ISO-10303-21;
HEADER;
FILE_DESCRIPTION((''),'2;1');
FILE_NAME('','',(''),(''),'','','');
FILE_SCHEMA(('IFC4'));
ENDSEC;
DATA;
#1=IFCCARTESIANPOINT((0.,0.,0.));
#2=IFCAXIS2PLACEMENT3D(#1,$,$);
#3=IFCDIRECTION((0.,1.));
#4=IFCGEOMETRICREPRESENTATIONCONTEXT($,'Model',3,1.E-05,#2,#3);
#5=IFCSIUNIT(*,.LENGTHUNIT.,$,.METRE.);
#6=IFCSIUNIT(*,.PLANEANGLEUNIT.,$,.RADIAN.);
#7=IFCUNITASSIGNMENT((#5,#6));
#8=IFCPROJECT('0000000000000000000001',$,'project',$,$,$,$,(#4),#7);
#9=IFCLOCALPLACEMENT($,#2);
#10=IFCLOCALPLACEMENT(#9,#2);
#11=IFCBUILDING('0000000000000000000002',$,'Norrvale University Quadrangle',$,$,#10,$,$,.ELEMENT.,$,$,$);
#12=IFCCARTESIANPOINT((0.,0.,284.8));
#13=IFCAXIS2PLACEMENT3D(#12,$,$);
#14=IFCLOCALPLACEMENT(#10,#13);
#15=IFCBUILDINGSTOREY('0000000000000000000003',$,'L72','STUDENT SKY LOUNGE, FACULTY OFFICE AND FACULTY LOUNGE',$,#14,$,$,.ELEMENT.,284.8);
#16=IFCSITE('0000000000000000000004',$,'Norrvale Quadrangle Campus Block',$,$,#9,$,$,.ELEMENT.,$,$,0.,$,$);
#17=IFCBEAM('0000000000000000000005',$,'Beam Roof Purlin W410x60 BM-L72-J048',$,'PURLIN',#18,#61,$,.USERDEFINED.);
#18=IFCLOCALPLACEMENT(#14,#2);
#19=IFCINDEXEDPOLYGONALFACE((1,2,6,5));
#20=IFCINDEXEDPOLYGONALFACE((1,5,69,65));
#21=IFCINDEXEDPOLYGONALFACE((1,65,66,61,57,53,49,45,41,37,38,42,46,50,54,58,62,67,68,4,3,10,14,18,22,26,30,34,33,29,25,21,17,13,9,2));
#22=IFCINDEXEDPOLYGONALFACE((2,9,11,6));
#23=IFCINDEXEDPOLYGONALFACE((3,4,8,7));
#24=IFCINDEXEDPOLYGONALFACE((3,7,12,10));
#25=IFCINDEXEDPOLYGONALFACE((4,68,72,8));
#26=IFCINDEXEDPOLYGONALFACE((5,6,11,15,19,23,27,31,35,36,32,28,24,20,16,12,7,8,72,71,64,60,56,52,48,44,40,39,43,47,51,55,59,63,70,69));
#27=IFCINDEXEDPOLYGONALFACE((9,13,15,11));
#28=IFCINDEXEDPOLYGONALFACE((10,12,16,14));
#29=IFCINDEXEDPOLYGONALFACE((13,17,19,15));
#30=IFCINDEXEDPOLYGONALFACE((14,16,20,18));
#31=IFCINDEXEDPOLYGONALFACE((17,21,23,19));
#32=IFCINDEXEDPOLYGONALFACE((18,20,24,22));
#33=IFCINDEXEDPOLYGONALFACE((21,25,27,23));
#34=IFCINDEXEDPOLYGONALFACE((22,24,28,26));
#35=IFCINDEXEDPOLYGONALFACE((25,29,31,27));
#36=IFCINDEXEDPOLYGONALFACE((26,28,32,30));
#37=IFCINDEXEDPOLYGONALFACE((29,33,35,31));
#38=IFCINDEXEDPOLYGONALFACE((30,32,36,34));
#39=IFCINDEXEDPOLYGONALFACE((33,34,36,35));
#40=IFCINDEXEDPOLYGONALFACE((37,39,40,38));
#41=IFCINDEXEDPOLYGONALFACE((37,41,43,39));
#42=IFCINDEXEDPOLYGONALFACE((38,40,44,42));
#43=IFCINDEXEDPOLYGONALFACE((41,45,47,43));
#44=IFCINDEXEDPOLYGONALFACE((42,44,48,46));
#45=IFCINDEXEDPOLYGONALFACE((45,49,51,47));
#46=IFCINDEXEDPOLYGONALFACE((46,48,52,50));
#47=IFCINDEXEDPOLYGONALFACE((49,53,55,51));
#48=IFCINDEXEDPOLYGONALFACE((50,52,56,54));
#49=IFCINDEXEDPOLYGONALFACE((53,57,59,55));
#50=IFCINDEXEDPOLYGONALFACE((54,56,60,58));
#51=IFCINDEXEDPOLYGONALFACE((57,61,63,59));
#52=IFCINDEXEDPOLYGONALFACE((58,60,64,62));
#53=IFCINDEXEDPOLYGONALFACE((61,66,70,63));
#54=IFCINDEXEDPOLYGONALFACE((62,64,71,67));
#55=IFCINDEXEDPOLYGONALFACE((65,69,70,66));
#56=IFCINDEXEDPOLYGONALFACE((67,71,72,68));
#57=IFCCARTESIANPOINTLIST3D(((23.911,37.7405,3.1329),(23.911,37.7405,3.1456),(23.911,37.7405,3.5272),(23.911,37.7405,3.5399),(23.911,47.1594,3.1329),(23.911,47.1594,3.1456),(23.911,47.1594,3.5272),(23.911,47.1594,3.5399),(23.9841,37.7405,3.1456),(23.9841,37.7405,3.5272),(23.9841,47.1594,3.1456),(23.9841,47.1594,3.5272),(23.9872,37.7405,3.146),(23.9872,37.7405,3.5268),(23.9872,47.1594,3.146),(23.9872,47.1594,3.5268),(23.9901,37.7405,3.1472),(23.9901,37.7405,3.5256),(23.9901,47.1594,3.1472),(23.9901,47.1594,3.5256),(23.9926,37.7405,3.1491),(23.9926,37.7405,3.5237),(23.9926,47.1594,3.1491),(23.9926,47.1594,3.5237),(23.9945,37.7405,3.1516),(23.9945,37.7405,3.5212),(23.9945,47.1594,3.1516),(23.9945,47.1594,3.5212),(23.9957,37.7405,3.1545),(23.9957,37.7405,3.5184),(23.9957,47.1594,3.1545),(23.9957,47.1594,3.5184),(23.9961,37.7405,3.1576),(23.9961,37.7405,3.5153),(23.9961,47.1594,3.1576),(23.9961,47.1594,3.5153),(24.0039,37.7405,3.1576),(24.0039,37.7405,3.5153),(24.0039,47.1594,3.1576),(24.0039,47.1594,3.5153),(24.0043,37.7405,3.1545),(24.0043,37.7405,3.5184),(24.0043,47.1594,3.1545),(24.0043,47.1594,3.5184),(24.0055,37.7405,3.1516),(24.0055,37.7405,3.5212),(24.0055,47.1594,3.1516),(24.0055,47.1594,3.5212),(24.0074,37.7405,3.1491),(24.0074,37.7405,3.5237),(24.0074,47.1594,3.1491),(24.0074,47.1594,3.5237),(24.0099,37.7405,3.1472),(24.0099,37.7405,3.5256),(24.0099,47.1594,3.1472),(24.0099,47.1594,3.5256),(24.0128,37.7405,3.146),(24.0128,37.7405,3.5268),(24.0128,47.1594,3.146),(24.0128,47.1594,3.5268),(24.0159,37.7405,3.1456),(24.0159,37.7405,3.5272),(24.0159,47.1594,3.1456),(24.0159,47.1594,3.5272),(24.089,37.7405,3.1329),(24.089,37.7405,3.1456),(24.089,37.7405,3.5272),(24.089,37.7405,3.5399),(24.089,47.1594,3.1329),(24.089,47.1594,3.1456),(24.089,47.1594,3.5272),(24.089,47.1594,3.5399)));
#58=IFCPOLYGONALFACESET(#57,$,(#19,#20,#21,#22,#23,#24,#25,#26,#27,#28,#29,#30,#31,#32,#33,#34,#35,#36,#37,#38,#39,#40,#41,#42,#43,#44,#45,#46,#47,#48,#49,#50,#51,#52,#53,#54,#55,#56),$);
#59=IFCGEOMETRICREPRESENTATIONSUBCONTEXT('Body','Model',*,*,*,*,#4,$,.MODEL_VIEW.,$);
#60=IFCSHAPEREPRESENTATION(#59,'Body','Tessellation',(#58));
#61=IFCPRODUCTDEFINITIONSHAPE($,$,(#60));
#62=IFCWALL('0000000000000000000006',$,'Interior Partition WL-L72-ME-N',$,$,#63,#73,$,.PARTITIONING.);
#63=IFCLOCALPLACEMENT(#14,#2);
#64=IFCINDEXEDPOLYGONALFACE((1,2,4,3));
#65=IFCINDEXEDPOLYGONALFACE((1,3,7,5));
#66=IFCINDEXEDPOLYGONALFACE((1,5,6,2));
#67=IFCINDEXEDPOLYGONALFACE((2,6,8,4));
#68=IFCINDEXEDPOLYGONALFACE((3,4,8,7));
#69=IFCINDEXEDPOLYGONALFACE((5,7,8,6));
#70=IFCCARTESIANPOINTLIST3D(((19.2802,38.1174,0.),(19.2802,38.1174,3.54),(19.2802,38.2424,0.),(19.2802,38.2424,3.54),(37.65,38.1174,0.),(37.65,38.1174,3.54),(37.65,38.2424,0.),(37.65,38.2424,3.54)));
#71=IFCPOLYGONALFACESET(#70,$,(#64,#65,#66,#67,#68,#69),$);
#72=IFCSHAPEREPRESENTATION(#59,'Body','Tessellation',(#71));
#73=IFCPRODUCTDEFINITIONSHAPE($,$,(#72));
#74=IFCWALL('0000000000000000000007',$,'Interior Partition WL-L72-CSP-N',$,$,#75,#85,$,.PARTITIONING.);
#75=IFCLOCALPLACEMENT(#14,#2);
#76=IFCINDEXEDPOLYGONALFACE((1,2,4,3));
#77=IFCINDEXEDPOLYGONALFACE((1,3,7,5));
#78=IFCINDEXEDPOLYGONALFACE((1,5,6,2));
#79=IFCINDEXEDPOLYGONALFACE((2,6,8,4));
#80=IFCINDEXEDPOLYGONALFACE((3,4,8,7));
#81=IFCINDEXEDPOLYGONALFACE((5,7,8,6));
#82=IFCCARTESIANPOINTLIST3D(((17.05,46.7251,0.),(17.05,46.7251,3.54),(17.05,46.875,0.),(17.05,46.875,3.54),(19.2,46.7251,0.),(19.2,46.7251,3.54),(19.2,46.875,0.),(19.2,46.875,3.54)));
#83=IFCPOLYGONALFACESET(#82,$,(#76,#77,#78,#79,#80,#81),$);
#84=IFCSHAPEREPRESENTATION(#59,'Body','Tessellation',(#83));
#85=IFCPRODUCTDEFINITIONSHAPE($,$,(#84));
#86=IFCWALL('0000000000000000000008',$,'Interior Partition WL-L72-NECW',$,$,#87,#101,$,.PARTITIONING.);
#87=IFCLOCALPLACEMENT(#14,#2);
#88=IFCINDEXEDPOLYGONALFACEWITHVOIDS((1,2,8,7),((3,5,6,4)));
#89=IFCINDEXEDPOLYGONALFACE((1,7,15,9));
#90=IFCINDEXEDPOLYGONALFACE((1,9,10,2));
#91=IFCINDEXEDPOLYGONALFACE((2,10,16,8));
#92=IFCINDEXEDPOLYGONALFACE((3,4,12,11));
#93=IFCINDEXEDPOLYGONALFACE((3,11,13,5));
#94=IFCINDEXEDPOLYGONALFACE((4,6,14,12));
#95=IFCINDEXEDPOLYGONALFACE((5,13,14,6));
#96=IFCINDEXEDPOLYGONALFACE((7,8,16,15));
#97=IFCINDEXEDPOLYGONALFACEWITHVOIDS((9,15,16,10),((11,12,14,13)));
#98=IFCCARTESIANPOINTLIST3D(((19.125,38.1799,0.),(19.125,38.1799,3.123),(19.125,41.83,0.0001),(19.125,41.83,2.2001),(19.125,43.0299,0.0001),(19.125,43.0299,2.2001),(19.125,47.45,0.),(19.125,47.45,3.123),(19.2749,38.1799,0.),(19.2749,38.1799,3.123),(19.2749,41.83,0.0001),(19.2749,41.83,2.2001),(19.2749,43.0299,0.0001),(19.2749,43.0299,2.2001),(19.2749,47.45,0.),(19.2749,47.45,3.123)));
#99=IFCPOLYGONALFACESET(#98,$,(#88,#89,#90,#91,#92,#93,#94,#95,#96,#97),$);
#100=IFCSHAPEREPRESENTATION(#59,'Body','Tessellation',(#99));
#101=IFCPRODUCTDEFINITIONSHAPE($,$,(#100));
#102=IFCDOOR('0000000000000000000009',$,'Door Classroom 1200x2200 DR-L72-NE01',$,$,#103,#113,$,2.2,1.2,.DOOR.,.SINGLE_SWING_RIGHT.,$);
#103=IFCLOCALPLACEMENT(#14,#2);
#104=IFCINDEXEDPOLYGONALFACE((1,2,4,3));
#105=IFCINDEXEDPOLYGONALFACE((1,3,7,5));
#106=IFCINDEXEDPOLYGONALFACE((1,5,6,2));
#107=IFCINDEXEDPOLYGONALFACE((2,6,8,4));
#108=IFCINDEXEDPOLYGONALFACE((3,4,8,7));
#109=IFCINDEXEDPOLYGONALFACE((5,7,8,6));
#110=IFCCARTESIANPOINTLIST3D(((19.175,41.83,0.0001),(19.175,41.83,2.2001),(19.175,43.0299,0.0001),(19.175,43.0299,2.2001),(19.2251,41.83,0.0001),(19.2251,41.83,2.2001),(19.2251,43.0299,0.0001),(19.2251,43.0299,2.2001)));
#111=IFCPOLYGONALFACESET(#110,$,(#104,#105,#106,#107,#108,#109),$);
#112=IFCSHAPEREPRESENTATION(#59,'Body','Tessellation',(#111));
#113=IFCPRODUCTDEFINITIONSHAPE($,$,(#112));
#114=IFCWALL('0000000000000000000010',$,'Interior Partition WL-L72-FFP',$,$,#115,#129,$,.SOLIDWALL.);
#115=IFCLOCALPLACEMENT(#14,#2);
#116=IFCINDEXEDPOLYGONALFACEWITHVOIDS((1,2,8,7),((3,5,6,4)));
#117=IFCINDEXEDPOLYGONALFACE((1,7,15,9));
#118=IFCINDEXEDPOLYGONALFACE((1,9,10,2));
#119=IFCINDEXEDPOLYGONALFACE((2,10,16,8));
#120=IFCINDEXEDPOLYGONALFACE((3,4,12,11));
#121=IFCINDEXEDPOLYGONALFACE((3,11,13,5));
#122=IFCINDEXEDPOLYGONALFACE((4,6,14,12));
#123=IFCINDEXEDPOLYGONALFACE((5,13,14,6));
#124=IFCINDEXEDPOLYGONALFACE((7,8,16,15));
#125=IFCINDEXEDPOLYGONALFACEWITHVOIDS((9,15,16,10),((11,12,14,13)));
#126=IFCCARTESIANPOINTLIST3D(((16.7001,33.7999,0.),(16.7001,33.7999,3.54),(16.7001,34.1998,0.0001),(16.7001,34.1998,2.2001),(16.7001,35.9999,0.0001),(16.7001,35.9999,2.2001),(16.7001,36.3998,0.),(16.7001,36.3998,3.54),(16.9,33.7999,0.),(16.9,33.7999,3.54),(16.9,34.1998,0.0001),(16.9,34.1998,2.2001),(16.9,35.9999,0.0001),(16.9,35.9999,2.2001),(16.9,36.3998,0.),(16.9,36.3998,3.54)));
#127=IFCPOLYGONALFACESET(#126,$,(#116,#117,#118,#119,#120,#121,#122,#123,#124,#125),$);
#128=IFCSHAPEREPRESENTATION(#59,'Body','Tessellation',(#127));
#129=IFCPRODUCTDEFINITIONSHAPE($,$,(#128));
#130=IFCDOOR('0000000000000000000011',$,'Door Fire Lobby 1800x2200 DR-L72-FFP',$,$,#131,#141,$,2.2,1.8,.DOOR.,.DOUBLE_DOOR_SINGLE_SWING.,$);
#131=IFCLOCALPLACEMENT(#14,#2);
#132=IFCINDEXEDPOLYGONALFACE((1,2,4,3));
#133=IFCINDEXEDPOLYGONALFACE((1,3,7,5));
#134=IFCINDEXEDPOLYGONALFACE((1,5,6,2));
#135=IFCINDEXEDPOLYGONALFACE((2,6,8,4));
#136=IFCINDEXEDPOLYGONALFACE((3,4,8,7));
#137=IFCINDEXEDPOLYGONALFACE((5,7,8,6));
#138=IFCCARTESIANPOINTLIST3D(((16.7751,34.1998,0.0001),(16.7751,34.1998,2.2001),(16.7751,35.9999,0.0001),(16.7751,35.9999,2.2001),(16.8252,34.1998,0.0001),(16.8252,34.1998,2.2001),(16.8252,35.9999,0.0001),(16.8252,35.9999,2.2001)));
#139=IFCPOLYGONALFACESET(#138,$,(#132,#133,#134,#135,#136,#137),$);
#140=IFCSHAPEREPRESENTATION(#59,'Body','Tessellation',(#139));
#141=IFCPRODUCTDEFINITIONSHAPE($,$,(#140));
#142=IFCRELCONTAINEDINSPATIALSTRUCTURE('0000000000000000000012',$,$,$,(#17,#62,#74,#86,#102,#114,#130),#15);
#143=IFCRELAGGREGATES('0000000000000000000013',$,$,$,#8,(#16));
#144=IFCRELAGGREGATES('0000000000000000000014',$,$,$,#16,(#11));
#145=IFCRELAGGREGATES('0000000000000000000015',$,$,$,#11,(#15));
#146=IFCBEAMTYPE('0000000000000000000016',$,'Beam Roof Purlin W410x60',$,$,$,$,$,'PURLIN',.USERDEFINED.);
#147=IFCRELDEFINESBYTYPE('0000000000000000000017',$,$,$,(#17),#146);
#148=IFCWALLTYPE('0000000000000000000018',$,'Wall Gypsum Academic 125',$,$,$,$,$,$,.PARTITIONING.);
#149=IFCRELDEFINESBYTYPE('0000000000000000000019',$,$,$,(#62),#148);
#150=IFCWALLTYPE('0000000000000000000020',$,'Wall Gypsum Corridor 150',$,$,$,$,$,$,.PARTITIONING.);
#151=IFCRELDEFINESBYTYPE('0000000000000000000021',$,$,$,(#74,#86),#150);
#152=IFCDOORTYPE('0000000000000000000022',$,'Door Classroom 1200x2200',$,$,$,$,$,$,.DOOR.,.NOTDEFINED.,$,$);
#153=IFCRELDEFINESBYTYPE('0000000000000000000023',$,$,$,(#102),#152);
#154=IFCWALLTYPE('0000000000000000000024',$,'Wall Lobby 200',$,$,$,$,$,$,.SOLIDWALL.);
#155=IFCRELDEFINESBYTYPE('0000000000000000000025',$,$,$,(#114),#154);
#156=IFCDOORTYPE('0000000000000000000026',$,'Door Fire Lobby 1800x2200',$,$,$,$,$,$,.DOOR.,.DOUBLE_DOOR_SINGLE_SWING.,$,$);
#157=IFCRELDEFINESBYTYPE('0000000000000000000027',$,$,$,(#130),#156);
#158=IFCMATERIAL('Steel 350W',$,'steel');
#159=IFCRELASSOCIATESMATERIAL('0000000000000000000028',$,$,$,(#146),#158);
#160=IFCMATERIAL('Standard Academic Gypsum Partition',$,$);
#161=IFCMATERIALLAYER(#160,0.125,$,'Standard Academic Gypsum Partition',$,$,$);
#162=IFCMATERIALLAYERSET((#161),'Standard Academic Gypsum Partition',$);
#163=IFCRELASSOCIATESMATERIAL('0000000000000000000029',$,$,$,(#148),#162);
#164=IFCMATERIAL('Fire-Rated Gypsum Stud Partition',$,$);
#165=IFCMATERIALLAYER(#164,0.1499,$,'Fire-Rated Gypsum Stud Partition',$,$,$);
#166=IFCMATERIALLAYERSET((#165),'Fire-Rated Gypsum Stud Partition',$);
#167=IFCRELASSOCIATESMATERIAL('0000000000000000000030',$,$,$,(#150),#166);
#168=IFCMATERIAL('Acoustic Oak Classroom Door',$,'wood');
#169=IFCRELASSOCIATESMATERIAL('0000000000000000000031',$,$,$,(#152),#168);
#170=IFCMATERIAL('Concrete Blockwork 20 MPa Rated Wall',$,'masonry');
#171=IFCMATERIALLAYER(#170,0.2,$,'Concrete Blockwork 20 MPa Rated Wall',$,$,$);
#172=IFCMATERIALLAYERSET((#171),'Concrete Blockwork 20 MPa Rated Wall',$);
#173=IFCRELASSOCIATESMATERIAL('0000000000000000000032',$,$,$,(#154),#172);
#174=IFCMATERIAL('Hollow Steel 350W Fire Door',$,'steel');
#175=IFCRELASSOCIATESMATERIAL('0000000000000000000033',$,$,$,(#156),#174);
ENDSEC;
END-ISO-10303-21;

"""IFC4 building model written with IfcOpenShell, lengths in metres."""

from ifc_helpers import new_model, si_unit, direction, frame, frame_2d, origin, origin_2d, place, context, subcontext, project, spatial, rectangle, i_section, extrude, material, layer, layer_set, material_profile, profile_set, type_object, element, fill, save


model = new_model("IFC4")

# Units and contexts
model_context = context("Model", 3, precision=1e-05, world=origin(), true_north=direction((0.0, 1.0)))
body_context = subcontext(model_context, "Body", "Model", "MODEL_VIEW")
ifc_project = project(units=[si_unit("LENGTHUNIT", "METRE"), si_unit("PLANEANGLEUNIT", "RADIAN")], contexts=[model_context])

# Site, building, storey
site_placement = place(None, origin())
site = spatial("IfcSite", under=ifc_project, at=site_placement, Name="Norrvale Quadrangle Campus Block", CompositionType="ELEMENT", RefElevation=0.0)
building_placement = place(site_placement, origin())
building = spatial("IfcBuilding", under=site, at=building_placement, Name="Norrvale University Quadrangle", CompositionType="ELEMENT")
storey_placement = place(building_placement, frame((0.0, 0.0, 284.8)))
storey = spatial("IfcBuildingStorey", under=building, at=storey_placement, Name="L72", Description="STUDENT SKY LOUNGE, FACULTY OFFICE AND FACULTY LOUNGE", CompositionType="ELEMENT", Elevation=284.8)

# Beam
ifc_material_1 = material(Name="Steel 350W", Category="steel")
ifc_material_profile_1 = material_profile(ifc_material_1, i_section(OverallWidth=0.178, OverallDepth=0.407, WebThickness=0.0078, FlangeThickness=0.0127, FilletRadius=0.012, at=origin_2d()), Name="Steel 350W")
ifc_profile_set_1 = profile_set([ifc_material_profile_1], Name="Steel 350W")
beam_type_1 = type_object("IfcBeamType", Name="Beam Roof Purlin W410x60", ElementType="PURLIN", PredefinedType="USERDEFINED", material=ifc_profile_set_1)
beam_1_placement = place(storey_placement, frame((24.0, 37.7405, 3.3364), z_axis=(0.0, 1.0, 0.0), x_axis=(-1.0, 0.0, 0.0)))
element("IfcBeam", 1, at=beam_1_placement, inside=storey, type_object=beam_type_1, Name="Beam Roof Purlin W410x60 BM-L72-J048", ObjectType="PURLIN", PredefinedType="USERDEFINED", context=body_context, shape_type="SweptSolid", body=[
    extrude(i_section(OverallWidth=0.178, OverallDepth=0.407, WebThickness=0.0078, FlangeThickness=0.0127, FilletRadius=0.012, at=origin_2d()), origin(), (0.0, 0.0, 1.0), 9.4189),
])

# Walls
ifc_material_2 = material(Name="Standard Academic Gypsum Partition")
ifc_layer_1 = layer(ifc_material_2, 0.125, Name="Standard Academic Gypsum Partition")
ifc_layer_set_1 = layer_set([ifc_layer_1], Name="Standard Academic Gypsum Partition")
wall_type_1 = type_object("IfcWallType", Name="Wall Gypsum Academic 125", PredefinedType="PARTITIONING", material=ifc_layer_set_1)
wall_1_placement = place(storey_placement, frame((19.28, 38.1799, 0.0), z_axis=(0.0, 0.0, 1.0), x_axis=(1.0, 0.0, 0.0)))
element("IfcWall", 2, at=wall_1_placement, inside=storey, type_object=wall_type_1, Name="Interior Partition WL-L72-ME-N", PredefinedType="PARTITIONING", context=body_context, shape_type="SweptSolid", body=[
    extrude(rectangle(XDim=18.3699, YDim=0.125, at=frame_2d((9.1851, 0.0))), origin(), (0.0, 0.0, 1.0), 3.54),
])
ifc_material_3 = material(Name="Fire-Rated Gypsum Stud Partition")
ifc_layer_2 = layer(ifc_material_3, 0.1499, Name="Fire-Rated Gypsum Stud Partition")
ifc_layer_set_2 = layer_set([ifc_layer_2], Name="Fire-Rated Gypsum Stud Partition")
wall_type_2 = type_object("IfcWallType", Name="Wall Gypsum Corridor 150", PredefinedType="PARTITIONING", material=ifc_layer_set_2)
wall_2_placement = place(storey_placement, frame((17.05, 46.8, 0.0), z_axis=(0.0, 0.0, 1.0), x_axis=(1.0, 0.0, 0.0)))
element("IfcWall", 3, at=wall_2_placement, inside=storey, type_object=wall_type_2, Name="Interior Partition WL-L72-CSP-N", PredefinedType="PARTITIONING", context=body_context, shape_type="SweptSolid", body=[
    extrude(rectangle(XDim=2.1499, YDim=0.1499, at=frame_2d((1.075, 0.0))), origin(), (0.0, 0.0, 1.0), 3.54),
])

# Walls, openings, doors
wall_3_placement = place(storey_placement, frame((19.2, 38.1799, 0.0), z_axis=(0.0, 0.0, 1.0), x_axis=(0.0, 1.0, 0.0)))
wall_3 = element("IfcWall", 4, at=wall_3_placement, inside=storey, type_object=wall_type_2, Name="Interior Partition WL-L72-NECW", PredefinedType="PARTITIONING", context=body_context, shape_type="SweptSolid", body=[
    extrude(rectangle(XDim=9.27, YDim=0.1499, at=frame_2d((4.635, 0.0))), origin(), (0.0, 0.0, 1.0), 3.123),
])
opening_1_placement = place(wall_3_placement, frame((3.6499, 0.0, 0.0)))
opening_1 = element("IfcOpeningElement", 5, at=opening_1_placement, cuts=wall_3, PredefinedType="OPENING", context=body_context, shape_type="SweptSolid", body=[
    extrude(rectangle(XDim=1.2, YDim=2.2, at=frame_2d((0.6001, 1.1001))), frame((0.0, 0.0869, 0.0), z_axis=(0.0, -1.0, 0.0), x_axis=(1.0, 0.0, 0.0)), (0.0, 0.0, 1.0), 0.1738),
])
ifc_material_4 = material(Name="Acoustic Oak Classroom Door", Category="wood")
door_type_1 = type_object("IfcDoorType", Name="Door Classroom 1200x2200", OperationType="NOTDEFINED", PredefinedType="DOOR", material=ifc_material_4)
door_1_placement = place(opening_1_placement, origin())
door_1 = element("IfcDoor", 6, at=door_1_placement, inside=storey, type_object=door_type_1, Name="Door Classroom 1200x2200 DR-L72-NE01", OperationType="SINGLE_SWING_RIGHT", OverallHeight=2.2, OverallWidth=1.2, PredefinedType="DOOR", context=body_context, shape_type="SweptSolid", body=[
    extrude(rectangle(XDim=1.2, YDim=2.2, at=frame_2d((0.6001, 1.1001))), frame((0.0, 0.0249, 0.0), z_axis=(0.0, -1.0, 0.0), x_axis=(1.0, 0.0, 0.0)), (0.0, 0.0, 1.0), 0.05),
])
fill(opening_1, door_1)
ifc_material_5 = material(Name="Concrete Blockwork 20 MPa Rated Wall", Category="masonry")
ifc_layer_3 = layer(ifc_material_5, 0.2, Name="Concrete Blockwork 20 MPa Rated Wall")
ifc_layer_set_3 = layer_set([ifc_layer_3], Name="Concrete Blockwork 20 MPa Rated Wall")
wall_type_3 = type_object("IfcWallType", Name="Wall Lobby 200", PredefinedType="SOLIDWALL", material=ifc_layer_set_3)
wall_4_placement = place(storey_placement, frame((16.8, 33.8, 0.0), z_axis=(0.0, 0.0, 1.0), x_axis=(0.0, 1.0, 0.0)))
wall_4 = element("IfcWall", 7, at=wall_4_placement, inside=storey, type_object=wall_type_3, Name="Interior Partition WL-L72-FFP", PredefinedType="SOLIDWALL", context=body_context, shape_type="SweptSolid", body=[
    extrude(rectangle(XDim=2.5999, YDim=0.2, at=frame_2d((1.2998, 0.0))), origin(), (0.0, 0.0, 1.0), 3.54),
])
opening_2_placement = place(wall_4_placement, frame((0.3999, 0.0, 0.0)))
opening_2 = element("IfcOpeningElement", 8, at=opening_2_placement, cuts=wall_4, PredefinedType="OPENING", context=body_context, shape_type="SweptSolid", body=[
    extrude(rectangle(XDim=1.8, YDim=2.2, at=frame_2d((0.8999, 1.1001))), frame((0.0, 0.1121, 0.0), z_axis=(0.0, -1.0, 0.0), x_axis=(1.0, 0.0, 0.0)), (0.0, 0.0, 1.0), 0.2239),
])
ifc_material_6 = material(Name="Hollow Steel 350W Fire Door", Category="steel")
door_type_2 = type_object("IfcDoorType", Name="Door Fire Lobby 1800x2200", OperationType="DOUBLE_DOOR_SINGLE_SWING", PredefinedType="DOOR", material=ifc_material_6)
door_2_placement = place(opening_2_placement, origin())
door_2 = element("IfcDoor", 9, at=door_2_placement, inside=storey, type_object=door_type_2, Name="Door Fire Lobby 1800x2200 DR-L72-FFP", OperationType="DOUBLE_DOOR_SINGLE_SWING", OverallHeight=2.2, OverallWidth=1.8, PredefinedType="DOOR", context=body_context, shape_type="SweptSolid", body=[
    extrude(rectangle(XDim=1.8, YDim=2.2, at=frame_2d((0.8999, 1.1001))), frame((0.0, 0.0249, 0.0), z_axis=(0.0, -1.0, 0.0), x_axis=(1.0, 0.0, 0.0)), (0.0, 0.0, 1.0), 0.05),
])
fill(opening_2, door_2)

save(model, "model.ifc")
